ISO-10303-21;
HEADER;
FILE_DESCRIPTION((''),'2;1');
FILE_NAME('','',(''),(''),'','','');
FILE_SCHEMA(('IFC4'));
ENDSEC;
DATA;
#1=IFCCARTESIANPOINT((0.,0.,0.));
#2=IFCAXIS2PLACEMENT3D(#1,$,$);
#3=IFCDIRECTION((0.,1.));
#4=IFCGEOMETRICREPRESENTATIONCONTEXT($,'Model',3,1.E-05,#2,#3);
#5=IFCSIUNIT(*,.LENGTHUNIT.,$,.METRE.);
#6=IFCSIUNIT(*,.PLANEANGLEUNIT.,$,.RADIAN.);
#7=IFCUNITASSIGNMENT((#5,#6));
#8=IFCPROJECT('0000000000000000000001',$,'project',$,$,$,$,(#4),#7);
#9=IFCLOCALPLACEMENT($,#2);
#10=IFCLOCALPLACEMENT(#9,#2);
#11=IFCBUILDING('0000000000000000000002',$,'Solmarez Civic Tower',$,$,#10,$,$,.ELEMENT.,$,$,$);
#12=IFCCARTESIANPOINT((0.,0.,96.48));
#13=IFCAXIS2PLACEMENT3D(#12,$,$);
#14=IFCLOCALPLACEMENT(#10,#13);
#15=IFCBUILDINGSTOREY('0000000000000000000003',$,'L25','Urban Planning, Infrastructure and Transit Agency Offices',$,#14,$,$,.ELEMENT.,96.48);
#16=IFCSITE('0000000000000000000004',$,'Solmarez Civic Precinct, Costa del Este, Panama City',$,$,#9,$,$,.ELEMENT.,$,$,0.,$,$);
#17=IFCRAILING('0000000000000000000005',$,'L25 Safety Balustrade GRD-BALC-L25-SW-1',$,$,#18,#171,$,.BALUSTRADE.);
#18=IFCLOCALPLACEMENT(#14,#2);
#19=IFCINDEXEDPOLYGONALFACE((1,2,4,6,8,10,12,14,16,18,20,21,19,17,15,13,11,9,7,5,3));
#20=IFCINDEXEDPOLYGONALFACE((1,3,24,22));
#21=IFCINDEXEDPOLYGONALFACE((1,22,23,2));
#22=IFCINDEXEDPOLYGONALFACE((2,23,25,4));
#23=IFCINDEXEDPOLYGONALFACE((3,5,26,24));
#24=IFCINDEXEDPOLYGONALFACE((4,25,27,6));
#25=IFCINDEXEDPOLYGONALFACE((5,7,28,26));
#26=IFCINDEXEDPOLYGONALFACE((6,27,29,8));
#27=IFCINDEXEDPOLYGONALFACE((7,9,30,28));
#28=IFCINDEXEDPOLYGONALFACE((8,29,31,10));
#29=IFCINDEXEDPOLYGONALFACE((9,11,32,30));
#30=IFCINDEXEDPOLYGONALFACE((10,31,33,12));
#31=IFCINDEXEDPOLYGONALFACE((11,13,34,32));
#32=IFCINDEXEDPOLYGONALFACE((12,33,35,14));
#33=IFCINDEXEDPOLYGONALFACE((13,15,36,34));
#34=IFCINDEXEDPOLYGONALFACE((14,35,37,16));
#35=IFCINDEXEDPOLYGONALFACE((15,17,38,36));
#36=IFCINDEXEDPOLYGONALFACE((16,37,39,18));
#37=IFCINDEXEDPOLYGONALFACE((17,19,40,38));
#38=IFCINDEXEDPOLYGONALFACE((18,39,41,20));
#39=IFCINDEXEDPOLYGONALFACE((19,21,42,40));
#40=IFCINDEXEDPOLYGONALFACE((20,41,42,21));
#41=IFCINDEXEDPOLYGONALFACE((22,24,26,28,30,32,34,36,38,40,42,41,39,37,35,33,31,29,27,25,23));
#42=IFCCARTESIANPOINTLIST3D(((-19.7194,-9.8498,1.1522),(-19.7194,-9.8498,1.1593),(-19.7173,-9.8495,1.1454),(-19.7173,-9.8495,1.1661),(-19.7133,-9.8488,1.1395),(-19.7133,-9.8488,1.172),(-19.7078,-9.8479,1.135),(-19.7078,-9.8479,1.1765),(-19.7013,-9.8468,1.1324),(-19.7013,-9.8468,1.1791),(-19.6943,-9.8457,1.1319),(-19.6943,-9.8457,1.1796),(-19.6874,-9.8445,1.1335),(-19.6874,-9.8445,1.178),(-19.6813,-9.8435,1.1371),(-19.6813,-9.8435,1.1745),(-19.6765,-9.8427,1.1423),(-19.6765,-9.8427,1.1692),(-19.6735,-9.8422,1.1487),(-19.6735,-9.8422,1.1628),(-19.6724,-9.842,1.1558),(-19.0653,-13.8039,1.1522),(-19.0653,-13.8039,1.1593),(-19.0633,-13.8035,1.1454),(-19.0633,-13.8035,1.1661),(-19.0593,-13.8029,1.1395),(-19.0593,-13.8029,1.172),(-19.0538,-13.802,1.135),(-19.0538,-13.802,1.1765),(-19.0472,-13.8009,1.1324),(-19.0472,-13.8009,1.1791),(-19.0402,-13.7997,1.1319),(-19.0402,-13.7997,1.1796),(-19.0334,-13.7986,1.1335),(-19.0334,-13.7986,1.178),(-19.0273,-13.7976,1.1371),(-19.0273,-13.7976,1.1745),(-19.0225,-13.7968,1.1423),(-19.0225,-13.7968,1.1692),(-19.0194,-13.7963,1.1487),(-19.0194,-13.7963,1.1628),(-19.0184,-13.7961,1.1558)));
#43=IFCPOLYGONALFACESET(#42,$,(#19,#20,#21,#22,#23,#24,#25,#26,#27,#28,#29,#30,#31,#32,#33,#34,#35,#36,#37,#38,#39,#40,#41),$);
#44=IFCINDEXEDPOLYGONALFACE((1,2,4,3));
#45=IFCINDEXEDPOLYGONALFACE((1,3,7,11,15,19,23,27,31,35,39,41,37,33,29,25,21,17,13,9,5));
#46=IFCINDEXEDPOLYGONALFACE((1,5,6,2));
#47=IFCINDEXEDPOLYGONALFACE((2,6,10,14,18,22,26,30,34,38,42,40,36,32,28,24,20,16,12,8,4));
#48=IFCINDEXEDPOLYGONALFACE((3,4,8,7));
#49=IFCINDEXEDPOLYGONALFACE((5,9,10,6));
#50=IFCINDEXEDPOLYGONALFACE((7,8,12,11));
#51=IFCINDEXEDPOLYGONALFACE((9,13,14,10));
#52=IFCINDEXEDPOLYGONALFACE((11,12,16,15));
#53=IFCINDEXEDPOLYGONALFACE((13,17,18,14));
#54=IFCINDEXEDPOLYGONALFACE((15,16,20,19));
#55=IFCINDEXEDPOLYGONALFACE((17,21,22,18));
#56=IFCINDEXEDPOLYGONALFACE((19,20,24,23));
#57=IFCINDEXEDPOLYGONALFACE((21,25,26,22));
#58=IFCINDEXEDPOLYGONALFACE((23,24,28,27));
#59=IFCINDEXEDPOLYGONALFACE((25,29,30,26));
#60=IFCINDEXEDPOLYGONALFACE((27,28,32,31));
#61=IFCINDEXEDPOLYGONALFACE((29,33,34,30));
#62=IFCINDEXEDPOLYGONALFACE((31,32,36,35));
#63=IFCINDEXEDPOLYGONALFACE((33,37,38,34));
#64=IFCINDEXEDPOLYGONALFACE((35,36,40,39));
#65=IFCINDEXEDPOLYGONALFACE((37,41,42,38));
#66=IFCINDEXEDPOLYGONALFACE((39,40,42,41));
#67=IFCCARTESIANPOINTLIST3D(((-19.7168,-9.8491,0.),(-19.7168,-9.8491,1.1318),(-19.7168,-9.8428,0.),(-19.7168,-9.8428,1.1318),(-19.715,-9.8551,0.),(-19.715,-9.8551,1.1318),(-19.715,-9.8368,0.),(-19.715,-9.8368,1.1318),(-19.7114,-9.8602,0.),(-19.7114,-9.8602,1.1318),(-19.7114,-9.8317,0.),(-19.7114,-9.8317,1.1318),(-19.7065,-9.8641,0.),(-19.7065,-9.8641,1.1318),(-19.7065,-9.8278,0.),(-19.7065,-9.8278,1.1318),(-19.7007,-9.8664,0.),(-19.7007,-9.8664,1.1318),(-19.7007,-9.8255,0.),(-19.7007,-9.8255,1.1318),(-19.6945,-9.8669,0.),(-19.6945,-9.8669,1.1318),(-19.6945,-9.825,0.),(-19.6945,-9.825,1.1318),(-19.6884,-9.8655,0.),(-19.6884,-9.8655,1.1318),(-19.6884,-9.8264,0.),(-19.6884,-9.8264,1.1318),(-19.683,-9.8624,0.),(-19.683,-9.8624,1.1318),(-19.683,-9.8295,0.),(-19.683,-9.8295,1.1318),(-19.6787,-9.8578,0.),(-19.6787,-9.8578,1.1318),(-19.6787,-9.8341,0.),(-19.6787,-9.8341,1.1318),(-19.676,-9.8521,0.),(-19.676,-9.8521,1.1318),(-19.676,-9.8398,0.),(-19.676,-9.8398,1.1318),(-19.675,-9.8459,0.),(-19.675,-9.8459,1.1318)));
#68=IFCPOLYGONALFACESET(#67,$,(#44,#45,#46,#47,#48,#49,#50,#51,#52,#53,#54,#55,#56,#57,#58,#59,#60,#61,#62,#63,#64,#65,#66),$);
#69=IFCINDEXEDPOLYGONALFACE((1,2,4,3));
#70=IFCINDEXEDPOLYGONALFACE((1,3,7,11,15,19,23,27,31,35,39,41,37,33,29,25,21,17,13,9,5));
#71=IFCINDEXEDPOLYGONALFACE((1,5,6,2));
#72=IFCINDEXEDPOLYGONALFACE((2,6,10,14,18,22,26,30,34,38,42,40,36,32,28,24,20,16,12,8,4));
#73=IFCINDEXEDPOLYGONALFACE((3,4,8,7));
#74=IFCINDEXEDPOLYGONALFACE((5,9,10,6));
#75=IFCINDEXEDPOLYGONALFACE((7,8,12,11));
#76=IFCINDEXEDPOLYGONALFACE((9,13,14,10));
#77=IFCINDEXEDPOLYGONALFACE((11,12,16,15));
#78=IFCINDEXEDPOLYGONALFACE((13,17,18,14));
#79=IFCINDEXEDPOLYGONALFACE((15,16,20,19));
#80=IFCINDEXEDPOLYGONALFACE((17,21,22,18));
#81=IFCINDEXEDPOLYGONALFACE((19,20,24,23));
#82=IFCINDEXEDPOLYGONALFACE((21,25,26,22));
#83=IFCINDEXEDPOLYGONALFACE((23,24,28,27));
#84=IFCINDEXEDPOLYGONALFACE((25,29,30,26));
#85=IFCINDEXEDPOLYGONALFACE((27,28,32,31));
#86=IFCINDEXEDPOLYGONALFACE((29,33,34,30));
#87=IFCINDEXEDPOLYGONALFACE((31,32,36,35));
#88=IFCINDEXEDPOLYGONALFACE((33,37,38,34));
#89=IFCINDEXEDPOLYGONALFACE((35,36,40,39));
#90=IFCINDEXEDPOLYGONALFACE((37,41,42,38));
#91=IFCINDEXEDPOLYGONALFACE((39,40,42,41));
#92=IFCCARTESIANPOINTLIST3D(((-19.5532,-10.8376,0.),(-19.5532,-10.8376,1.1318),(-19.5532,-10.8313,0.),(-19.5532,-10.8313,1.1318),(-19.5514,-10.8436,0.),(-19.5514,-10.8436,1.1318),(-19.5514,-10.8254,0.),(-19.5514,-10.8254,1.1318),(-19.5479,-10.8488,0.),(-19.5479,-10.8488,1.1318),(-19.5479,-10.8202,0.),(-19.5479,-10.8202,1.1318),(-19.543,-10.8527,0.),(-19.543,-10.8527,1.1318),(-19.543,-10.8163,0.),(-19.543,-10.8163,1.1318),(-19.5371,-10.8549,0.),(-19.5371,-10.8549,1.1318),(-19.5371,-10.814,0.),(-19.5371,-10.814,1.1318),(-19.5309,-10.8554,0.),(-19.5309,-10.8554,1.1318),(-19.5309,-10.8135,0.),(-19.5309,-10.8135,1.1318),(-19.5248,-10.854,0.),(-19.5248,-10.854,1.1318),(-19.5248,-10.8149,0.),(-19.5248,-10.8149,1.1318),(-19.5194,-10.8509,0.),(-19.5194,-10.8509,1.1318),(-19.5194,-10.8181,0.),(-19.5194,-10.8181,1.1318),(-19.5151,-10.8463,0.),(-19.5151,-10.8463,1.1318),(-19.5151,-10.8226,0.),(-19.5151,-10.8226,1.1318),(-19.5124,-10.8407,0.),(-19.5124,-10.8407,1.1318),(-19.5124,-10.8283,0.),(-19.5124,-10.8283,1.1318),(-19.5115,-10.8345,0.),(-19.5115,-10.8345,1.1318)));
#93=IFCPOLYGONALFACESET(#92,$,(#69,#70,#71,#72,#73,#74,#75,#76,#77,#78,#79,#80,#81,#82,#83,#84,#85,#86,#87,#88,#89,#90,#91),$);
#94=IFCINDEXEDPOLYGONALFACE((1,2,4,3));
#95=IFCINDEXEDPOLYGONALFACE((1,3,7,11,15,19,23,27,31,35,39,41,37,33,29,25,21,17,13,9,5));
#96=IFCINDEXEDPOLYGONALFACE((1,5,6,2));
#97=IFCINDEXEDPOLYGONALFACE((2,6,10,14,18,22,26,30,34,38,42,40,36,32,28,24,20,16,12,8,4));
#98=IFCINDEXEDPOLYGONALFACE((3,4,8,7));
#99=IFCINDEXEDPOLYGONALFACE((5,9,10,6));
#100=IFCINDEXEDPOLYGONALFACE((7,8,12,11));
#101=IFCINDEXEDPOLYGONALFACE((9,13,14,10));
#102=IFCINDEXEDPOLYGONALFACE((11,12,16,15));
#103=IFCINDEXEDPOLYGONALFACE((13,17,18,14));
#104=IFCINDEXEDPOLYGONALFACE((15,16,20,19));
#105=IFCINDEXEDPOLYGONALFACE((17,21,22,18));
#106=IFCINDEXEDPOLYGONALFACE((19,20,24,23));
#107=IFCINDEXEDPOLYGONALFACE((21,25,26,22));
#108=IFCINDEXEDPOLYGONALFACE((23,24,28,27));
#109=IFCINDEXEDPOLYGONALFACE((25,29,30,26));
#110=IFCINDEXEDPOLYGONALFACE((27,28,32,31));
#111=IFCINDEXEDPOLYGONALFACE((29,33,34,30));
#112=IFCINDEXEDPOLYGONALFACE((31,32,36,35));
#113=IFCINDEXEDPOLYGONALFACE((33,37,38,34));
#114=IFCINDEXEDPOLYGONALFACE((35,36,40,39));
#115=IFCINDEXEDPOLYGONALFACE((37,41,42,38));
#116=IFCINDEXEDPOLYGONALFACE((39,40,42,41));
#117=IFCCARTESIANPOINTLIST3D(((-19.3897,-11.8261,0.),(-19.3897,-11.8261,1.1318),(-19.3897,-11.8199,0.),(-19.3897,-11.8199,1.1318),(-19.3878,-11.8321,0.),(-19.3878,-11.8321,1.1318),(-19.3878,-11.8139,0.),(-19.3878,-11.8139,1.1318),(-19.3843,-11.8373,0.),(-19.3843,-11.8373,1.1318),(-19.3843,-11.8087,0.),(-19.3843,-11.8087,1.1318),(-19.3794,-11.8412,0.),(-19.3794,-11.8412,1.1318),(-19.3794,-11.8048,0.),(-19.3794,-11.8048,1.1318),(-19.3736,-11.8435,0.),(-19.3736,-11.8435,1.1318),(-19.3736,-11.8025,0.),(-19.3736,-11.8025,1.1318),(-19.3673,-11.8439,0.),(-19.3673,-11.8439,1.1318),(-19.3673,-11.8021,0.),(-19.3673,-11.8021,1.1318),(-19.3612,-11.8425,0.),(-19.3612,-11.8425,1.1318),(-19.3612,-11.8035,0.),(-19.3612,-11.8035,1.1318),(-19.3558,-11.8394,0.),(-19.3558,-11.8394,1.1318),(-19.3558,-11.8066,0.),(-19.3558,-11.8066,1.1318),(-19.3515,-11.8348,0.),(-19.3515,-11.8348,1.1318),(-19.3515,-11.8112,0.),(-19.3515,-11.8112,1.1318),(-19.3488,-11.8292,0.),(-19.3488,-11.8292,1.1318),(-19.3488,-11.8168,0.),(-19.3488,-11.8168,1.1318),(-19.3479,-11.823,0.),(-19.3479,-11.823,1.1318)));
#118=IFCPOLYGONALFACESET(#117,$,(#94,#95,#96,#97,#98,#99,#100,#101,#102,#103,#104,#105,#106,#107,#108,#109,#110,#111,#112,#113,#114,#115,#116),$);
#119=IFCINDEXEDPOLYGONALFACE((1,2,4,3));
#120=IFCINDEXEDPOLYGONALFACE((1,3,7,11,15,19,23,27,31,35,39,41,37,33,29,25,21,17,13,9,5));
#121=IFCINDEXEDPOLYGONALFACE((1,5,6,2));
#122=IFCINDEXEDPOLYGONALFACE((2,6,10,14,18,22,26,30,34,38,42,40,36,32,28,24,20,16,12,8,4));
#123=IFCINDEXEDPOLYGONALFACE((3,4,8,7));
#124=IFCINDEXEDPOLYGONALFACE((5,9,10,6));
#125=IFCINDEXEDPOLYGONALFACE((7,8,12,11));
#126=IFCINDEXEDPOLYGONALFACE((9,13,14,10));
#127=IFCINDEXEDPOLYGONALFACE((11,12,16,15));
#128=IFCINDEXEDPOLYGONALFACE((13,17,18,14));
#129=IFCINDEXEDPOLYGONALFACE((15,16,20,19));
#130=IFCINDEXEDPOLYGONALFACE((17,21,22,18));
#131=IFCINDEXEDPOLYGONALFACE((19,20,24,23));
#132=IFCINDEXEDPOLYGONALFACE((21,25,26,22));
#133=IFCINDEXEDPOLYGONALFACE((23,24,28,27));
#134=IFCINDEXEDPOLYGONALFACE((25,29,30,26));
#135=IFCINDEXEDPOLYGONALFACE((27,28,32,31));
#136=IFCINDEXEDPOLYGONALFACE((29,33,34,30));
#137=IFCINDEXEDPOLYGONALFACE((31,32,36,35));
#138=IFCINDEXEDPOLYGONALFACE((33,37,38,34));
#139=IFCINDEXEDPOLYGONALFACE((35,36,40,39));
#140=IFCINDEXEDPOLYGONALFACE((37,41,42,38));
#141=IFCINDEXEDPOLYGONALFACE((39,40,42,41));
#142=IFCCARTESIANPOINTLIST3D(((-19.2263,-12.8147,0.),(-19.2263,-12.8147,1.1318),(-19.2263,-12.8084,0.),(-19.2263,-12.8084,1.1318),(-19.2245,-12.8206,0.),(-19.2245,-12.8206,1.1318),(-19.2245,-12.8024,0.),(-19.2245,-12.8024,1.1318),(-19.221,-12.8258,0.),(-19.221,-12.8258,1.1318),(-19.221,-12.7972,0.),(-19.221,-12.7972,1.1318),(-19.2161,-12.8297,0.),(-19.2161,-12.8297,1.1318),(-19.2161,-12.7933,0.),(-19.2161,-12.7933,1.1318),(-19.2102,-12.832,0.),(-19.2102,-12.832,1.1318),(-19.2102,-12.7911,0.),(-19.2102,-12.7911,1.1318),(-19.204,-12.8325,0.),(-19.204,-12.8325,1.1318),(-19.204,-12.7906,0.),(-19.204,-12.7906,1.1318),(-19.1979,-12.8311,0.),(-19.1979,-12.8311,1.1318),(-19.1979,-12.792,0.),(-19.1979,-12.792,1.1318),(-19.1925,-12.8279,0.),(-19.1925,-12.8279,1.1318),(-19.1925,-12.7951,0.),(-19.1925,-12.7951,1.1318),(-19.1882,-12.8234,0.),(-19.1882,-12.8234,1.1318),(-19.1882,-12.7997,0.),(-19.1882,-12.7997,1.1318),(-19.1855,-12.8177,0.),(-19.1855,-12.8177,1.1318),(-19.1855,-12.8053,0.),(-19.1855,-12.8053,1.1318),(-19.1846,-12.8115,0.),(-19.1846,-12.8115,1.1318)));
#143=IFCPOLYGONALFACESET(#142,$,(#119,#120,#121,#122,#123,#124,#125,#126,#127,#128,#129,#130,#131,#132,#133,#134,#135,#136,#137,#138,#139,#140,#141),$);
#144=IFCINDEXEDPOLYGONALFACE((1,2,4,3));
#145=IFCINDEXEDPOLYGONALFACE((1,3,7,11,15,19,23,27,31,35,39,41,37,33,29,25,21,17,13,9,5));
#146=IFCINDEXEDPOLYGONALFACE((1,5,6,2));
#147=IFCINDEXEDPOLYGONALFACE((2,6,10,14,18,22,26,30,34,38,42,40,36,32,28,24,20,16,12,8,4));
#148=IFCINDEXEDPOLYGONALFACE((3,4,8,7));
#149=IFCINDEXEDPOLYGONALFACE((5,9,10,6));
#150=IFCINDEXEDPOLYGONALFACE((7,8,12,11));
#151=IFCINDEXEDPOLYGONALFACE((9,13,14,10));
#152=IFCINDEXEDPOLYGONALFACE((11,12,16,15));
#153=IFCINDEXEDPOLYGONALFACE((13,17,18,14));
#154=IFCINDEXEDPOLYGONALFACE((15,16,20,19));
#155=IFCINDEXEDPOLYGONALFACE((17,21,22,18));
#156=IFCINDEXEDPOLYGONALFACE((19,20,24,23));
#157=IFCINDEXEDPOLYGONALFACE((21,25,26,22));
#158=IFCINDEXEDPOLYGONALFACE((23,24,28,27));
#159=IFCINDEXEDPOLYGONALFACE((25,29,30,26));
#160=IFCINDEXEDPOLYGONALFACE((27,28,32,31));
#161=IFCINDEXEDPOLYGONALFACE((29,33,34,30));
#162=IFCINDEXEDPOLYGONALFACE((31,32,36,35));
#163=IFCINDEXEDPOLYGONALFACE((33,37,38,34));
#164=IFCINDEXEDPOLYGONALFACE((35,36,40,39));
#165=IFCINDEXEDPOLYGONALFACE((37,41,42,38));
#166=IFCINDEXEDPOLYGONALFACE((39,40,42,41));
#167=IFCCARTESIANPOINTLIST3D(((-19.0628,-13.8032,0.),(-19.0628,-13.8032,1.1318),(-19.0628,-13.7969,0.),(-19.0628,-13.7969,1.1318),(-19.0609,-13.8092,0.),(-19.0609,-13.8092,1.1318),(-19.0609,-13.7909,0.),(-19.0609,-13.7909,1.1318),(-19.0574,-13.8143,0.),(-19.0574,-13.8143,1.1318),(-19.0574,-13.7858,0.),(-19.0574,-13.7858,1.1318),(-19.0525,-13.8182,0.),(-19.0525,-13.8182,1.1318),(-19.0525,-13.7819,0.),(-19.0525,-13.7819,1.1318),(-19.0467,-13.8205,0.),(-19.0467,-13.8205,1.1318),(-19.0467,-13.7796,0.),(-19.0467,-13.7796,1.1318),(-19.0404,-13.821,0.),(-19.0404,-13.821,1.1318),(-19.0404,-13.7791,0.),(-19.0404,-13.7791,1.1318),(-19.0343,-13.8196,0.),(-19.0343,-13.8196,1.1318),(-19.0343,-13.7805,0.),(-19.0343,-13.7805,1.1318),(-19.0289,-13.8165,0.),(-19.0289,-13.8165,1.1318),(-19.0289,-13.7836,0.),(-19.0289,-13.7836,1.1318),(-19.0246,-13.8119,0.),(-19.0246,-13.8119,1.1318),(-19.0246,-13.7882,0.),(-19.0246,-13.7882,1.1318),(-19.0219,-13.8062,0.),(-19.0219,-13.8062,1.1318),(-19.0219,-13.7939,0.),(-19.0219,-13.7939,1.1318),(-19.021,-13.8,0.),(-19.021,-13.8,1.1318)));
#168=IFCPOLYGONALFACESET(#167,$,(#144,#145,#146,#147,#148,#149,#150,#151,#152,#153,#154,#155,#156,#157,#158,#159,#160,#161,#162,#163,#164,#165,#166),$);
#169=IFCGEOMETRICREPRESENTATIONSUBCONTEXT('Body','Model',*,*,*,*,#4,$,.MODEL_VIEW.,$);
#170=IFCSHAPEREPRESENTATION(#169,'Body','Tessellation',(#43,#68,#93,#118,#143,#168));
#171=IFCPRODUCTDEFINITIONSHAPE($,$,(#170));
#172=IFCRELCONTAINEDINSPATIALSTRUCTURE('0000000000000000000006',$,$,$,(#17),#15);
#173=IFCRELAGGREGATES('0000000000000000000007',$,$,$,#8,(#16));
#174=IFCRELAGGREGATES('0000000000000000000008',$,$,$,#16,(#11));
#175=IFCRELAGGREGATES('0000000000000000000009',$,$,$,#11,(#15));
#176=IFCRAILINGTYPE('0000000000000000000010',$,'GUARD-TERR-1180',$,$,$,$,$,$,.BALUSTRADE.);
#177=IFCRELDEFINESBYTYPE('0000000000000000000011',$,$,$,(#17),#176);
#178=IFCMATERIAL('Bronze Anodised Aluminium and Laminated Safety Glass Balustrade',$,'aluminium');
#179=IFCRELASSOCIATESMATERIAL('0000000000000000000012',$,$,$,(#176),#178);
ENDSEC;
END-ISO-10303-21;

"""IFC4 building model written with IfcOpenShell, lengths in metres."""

from ifc_helpers import new_model, si_unit, direction, frame, origin, origin_2d, place, context, subcontext, project, spatial, circle, extrude, material, type_object, element, save


model = new_model("IFC4")

# Units and contexts
model_context = context("Model", 3, precision=1e-05, world=origin(), true_north=direction((0.0, 1.0)))
body_context = subcontext(model_context, "Body", "Model", "MODEL_VIEW")
ifc_project = project(units=[si_unit("LENGTHUNIT", "METRE"), si_unit("PLANEANGLEUNIT", "RADIAN")], contexts=[model_context])

# Site, building, storey
site_placement = place(None, origin())
site = spatial("IfcSite", under=ifc_project, at=site_placement, Name="Solmarez Civic Precinct, Costa del Este, Panama City", CompositionType="ELEMENT", RefElevation=0.0)
building_placement = place(site_placement, origin())
building = spatial("IfcBuilding", under=site, at=building_placement, Name="Solmarez Civic Tower", CompositionType="ELEMENT")
storey_placement = place(building_placement, frame((0.0, 0.0, 96.48)))
storey = spatial("IfcBuildingStorey", under=building, at=storey_placement, Name="L25", Description="Urban Planning, Infrastructure and Transit Agency Offices", CompositionType="ELEMENT", Elevation=96.48)

# Railing
ifc_material_1 = material(Name="Bronze Anodised Aluminium and Laminated Safety Glass Balustrade", Category="aluminium")
railing_type = type_object("IfcRailingType", Name="GUARD-TERR-1180", PredefinedType="BALUSTRADE", material=ifc_material_1)
railing_1_placement = place(storey_placement, frame((-19.696, -9.8459, 0.0)))
element("IfcRailing", 1, at=railing_1_placement, inside=storey, type_object=railing_type, Name="L25 Safety Balustrade GRD-BALC-L25-SW-1", PredefinedType="BALUSTRADE", context=body_context, shape_type="SweptSolid", body=[
    extrude(circle(Radius=0.0239, at=origin_2d()), frame((0.0, 0.0, 1.1558), z_axis=(0.163194, -0.986594, 0.0), x_axis=(0.986594, 0.163194, 0.0)), (0.0, 0.0, 1.0), 4.0078),
    extrude(circle(Radius=0.021, at=origin_2d()), origin(), (0.0, 0.0, 1.0), 1.1318),
    extrude(circle(Radius=0.021, at=origin_2d()), frame((0.1636, -0.9885, 0.0)), (0.0, 0.0, 1.0), 1.1318),
    extrude(circle(Radius=0.021, at=origin_2d()), frame((0.3271, -1.9771, 0.0)), (0.0, 0.0, 1.0), 1.1318),
    extrude(circle(Radius=0.021, at=origin_2d()), frame((0.4905, -2.9656, 0.0)), (0.0, 0.0, 1.0), 1.1318),
    extrude(circle(Radius=0.021, at=origin_2d()), frame((0.6541, -3.9541, 0.0)), (0.0, 0.0, 1.0), 1.1318),
])

save(model, "model.ifc")
